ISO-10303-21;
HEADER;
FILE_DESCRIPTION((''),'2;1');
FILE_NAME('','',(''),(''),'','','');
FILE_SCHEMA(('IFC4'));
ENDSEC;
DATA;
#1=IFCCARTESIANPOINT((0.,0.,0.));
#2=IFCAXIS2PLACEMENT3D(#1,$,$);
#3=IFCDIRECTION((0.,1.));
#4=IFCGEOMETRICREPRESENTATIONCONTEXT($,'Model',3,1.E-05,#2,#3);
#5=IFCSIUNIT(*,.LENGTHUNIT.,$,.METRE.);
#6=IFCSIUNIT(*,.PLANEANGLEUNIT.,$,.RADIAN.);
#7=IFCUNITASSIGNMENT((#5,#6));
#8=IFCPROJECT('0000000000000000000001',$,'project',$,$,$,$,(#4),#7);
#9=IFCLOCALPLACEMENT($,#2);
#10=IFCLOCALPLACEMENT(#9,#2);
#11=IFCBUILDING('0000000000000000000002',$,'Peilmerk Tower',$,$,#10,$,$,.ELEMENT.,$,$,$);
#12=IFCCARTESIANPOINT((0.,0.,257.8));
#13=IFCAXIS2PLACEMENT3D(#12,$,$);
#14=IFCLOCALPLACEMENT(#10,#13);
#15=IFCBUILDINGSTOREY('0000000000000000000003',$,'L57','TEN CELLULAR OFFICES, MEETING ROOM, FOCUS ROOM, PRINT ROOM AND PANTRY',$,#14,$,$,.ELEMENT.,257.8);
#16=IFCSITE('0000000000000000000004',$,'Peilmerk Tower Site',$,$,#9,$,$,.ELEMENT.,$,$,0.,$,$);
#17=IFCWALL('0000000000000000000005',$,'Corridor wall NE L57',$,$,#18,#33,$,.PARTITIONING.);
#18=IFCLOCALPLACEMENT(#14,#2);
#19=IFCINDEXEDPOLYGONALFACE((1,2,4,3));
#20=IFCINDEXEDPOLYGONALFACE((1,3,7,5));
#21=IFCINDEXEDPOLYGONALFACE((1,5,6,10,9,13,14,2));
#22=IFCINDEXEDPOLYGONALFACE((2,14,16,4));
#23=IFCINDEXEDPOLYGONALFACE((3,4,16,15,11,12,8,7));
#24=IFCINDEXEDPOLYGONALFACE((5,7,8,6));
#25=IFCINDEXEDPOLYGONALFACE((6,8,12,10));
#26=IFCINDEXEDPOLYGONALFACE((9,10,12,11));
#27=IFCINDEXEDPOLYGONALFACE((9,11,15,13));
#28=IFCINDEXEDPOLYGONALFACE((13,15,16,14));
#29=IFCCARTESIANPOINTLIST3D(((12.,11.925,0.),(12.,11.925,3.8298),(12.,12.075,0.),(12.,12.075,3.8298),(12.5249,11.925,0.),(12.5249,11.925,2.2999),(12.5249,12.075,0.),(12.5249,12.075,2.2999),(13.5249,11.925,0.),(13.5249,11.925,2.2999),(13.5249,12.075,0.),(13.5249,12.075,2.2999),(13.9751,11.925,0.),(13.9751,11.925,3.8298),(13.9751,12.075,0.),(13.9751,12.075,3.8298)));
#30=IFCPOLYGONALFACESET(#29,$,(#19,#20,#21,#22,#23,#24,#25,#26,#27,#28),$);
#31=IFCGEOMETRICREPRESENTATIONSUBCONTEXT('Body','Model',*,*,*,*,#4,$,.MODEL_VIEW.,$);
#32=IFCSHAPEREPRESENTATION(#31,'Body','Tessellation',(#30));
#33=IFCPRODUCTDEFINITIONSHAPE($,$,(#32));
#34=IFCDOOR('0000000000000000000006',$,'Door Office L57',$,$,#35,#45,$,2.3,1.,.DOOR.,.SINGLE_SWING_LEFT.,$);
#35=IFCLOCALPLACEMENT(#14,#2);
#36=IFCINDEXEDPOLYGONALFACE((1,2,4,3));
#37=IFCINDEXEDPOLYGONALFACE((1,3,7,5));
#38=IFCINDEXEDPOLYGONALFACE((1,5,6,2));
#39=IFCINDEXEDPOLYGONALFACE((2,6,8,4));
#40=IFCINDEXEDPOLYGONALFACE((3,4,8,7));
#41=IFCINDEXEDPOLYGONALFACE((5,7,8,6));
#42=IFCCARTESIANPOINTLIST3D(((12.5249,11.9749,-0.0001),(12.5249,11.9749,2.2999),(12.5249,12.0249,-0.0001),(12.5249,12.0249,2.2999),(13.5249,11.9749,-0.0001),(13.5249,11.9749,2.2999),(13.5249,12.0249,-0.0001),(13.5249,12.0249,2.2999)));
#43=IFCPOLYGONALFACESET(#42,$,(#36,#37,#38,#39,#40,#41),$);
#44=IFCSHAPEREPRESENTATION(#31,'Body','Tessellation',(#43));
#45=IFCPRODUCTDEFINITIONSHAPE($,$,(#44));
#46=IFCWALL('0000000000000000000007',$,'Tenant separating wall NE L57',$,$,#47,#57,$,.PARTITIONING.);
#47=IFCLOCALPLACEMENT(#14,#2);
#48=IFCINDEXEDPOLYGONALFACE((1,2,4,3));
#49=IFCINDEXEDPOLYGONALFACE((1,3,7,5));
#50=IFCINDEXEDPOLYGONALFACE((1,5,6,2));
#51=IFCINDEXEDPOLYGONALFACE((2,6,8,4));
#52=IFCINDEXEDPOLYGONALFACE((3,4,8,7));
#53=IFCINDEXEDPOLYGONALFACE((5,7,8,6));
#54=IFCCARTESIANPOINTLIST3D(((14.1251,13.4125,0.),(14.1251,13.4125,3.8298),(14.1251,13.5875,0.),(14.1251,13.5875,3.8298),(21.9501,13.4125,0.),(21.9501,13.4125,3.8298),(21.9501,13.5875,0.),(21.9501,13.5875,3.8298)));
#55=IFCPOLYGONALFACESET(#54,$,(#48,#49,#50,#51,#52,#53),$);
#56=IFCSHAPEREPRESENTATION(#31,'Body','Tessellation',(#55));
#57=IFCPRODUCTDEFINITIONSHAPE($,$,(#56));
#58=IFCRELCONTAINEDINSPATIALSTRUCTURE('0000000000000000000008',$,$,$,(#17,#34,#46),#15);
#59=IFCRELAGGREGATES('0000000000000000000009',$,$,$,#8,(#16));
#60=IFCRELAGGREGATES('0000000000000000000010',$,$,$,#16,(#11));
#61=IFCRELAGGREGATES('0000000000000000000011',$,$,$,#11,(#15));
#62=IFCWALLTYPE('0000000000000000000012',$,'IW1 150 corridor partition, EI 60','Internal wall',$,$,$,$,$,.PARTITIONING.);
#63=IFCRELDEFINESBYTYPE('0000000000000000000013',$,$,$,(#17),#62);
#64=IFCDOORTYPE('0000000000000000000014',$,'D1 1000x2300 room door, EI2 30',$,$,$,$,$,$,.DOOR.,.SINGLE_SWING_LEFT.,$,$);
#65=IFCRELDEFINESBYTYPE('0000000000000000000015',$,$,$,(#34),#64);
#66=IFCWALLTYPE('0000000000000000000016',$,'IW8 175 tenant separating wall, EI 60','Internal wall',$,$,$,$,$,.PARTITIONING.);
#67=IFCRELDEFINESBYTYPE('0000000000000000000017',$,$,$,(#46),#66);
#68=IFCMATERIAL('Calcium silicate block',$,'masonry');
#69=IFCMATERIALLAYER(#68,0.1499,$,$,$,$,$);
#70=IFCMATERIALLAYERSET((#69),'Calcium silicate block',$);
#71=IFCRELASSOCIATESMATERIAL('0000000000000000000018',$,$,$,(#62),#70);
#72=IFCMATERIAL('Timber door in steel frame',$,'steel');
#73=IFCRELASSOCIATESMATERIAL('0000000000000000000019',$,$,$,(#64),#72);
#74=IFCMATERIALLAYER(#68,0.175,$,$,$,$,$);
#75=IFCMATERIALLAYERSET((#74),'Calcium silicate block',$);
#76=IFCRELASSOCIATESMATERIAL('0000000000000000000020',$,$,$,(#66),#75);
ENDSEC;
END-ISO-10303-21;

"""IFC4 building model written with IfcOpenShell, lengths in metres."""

from ifc_helpers import new_model, si_unit, direction, frame, frame_2d, origin, place, context, subcontext, project, spatial, rectangle, extrude, material, layer, layer_set, type_object, element, fill, save


model = new_model("IFC4")

# Units and contexts
model_context = context("Model", 3, precision=1e-05, world=origin(), true_north=direction((0.0, 1.0)))
body_context = subcontext(model_context, "Body", "Model", "MODEL_VIEW")
ifc_project = project(units=[si_unit("LENGTHUNIT", "METRE"), si_unit("PLANEANGLEUNIT", "RADIAN")], contexts=[model_context])

# Site, building, storey
site_placement = place(None, origin())
site = spatial("IfcSite", under=ifc_project, at=site_placement, Name="Peilmerk Tower Site", CompositionType="ELEMENT", RefElevation=0.0)
building_placement = place(site_placement, origin())
building = spatial("IfcBuilding", under=site, at=building_placement, Name="Peilmerk Tower", CompositionType="ELEMENT")
storey_placement = place(building_placement, frame((0.0, 0.0, 257.8)))
storey = spatial("IfcBuildingStorey", under=building, at=storey_placement, Name="L57", Description="TEN CELLULAR OFFICES, MEETING ROOM, FOCUS ROOM, PRINT ROOM AND PANTRY", CompositionType="ELEMENT", Elevation=257.8)

# Wall, opening, door
ifc_material_1 = material(Name="Calcium silicate block", Category="masonry")
ifc_layer_1 = layer(ifc_material_1, 0.1499)
ifc_layer_set_1 = layer_set([ifc_layer_1], Name="Calcium silicate block")
wall_type_1 = type_object("IfcWallType", Name="IW1 150 corridor partition, EI 60", Description="Internal wall", PredefinedType="PARTITIONING", material=ifc_layer_set_1)
wall_1_placement = place(storey_placement, frame((12.0, 12.0, 0.0), z_axis=(0.0, 0.0, 1.0), x_axis=(1.0, 0.0, 0.0)))
wall_1 = element("IfcWall", 1, at=wall_1_placement, inside=storey, type_object=wall_type_1, Name="Corridor wall NE L57", PredefinedType="PARTITIONING", context=body_context, shape_type="SweptSolid", body=[
    extrude(rectangle(XDim=1.9751, YDim=0.1499, at=frame_2d((0.9875, 0.0))), origin(), (0.0, 0.0, 1.0), 3.8298),
])
opening_placement = place(wall_1_placement, frame((0.5249, 0.0, 0.0)))
opening = element("IfcOpeningElement", 2, at=opening_placement, cuts=wall_1, PredefinedType="OPENING", context=body_context, shape_type="SweptSolid", body=[
    extrude(rectangle(XDim=1.0, YDim=2.3, at=frame_2d((0.5, 1.1499))), frame((0.0, 0.085, 0.0), z_axis=(0.0, -1.0, 0.0), x_axis=(1.0, 0.0, 0.0)), (0.0, 0.0, 1.0), 0.1699),
])
ifc_material_2 = material(Name="Timber door in steel frame", Category="steel")
door_type = type_object("IfcDoorType", Name="D1 1000x2300 room door, EI2 30", OperationType="SINGLE_SWING_LEFT", PredefinedType="DOOR", material=ifc_material_2)
door_placement = place(opening_placement, origin())
door = element("IfcDoor", 3, at=door_placement, inside=storey, type_object=door_type, Name="Door Office L57", OperationType="SINGLE_SWING_LEFT", OverallHeight=2.3, OverallWidth=1.0, PredefinedType="DOOR", context=body_context, shape_type="SweptSolid", body=[
    extrude(rectangle(XDim=1.0, YDim=2.3, at=frame_2d((0.5, 1.1499))), frame((0.0, 0.0249, 0.0), z_axis=(0.0, -1.0, 0.0), x_axis=(1.0, 0.0, 0.0)), (0.0, 0.0, 1.0), 0.05),
])
fill(opening, door)

# Wall
ifc_layer_2 = layer(ifc_material_1, 0.175)
ifc_layer_set_2 = layer_set([ifc_layer_2], Name="Calcium silicate block")
wall_type_2 = type_object("IfcWallType", Name="IW8 175 tenant separating wall, EI 60", Description="Internal wall", PredefinedType="PARTITIONING", material=ifc_layer_set_2)
wall_2_placement = place(storey_placement, frame((14.125, 13.5, 0.0), z_axis=(0.0, 0.0, 1.0), x_axis=(1.0, 0.0, 0.0)))
element("IfcWall", 4, at=wall_2_placement, inside=storey, type_object=wall_type_2, Name="Tenant separating wall NE L57", PredefinedType="PARTITIONING", context=body_context, shape_type="SweptSolid", body=[
    extrude(rectangle(XDim=7.825, YDim=0.175, at=frame_2d((3.9126, 0.0))), origin(), (0.0, 0.0, 1.0), 3.8298),
])

save(model, "model.ifc")
